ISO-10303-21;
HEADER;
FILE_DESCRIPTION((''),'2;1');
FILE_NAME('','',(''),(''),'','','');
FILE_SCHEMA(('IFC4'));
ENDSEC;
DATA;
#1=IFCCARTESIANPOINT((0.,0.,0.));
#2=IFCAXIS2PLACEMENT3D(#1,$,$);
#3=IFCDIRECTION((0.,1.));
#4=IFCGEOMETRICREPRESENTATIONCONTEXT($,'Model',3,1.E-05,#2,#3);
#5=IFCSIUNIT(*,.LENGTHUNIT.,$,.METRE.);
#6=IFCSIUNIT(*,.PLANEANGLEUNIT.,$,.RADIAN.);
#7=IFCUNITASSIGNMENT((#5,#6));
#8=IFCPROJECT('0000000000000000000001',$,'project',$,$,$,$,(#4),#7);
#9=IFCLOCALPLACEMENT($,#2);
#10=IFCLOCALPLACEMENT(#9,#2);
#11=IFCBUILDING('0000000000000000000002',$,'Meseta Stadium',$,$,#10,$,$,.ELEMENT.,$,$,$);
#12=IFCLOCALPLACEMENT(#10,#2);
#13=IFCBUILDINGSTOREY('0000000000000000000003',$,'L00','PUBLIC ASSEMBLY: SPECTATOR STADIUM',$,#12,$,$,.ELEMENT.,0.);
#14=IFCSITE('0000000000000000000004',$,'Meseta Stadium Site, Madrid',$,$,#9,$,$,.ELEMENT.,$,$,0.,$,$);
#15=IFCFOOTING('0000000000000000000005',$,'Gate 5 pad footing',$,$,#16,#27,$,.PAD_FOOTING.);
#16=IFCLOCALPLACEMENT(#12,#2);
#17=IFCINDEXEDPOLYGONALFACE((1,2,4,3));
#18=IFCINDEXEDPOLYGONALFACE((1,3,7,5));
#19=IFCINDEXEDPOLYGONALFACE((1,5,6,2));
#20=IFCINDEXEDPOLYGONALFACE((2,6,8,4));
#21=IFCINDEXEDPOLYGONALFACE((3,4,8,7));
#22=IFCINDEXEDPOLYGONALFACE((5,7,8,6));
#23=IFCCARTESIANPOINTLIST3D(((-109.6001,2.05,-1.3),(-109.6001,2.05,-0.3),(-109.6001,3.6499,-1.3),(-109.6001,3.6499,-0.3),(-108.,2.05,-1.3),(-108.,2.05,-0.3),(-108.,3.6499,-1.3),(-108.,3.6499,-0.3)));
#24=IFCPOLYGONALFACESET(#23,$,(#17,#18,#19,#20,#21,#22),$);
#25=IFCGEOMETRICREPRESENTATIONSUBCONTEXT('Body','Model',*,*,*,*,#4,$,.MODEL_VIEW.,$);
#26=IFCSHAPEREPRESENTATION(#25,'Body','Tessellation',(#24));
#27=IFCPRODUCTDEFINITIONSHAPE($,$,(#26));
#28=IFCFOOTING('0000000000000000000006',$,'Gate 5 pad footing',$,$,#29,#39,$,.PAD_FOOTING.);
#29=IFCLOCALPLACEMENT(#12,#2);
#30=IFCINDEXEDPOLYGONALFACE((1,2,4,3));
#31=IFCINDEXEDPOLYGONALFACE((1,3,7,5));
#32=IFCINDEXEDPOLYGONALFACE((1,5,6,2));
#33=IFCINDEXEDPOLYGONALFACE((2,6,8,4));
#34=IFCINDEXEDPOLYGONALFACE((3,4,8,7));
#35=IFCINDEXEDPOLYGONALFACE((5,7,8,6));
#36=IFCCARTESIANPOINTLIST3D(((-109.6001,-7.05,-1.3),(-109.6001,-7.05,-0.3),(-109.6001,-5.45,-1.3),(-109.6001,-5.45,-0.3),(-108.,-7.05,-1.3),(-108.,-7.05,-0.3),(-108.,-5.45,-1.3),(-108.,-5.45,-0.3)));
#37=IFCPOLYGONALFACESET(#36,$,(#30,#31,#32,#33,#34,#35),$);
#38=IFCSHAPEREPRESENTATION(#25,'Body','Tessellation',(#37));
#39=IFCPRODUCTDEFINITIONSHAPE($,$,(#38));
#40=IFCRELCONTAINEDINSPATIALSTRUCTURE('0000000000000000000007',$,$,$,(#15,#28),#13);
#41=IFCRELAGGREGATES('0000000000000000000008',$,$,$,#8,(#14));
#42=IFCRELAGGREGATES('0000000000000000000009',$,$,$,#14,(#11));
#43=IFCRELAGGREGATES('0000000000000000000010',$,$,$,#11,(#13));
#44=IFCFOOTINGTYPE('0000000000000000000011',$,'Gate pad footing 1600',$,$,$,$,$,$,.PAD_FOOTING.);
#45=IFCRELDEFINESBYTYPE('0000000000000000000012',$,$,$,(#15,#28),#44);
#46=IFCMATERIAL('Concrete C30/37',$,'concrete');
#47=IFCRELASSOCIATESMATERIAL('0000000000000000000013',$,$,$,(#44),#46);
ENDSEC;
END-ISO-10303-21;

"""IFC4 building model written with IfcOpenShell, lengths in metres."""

from ifc_helpers import new_model, si_unit, direction, frame, origin, place, context, subcontext, project, spatial, polyline, outline, extrude, material, type_object, element, save


model = new_model("IFC4")

# Units and contexts
model_context = context("Model", 3, precision=1e-05, world=origin(), true_north=direction((0.0, 1.0)))
body_context = subcontext(model_context, "Body", "Model", "MODEL_VIEW")
ifc_project = project(units=[si_unit("LENGTHUNIT", "METRE"), si_unit("PLANEANGLEUNIT", "RADIAN")], contexts=[model_context])

# Site, building, storey
site_placement = place(None, origin())
site = spatial("IfcSite", under=ifc_project, at=site_placement, Name="Meseta Stadium Site, Madrid", CompositionType="ELEMENT", RefElevation=0.0)
building_placement = place(site_placement, origin())
building = spatial("IfcBuilding", under=site, at=building_placement, Name="Meseta Stadium", CompositionType="ELEMENT")
storey_placement = place(building_placement, origin())
storey = spatial("IfcBuildingStorey", under=building, at=storey_placement, Name="L00", Description="PUBLIC ASSEMBLY: SPECTATOR STADIUM", CompositionType="ELEMENT", Elevation=0.0)

# Footings
ifc_material = material(Name="Concrete C30/37", Category="concrete")
footing_type = type_object("IfcFootingType", Name="Gate pad footing 1600", PredefinedType="PAD_FOOTING", material=ifc_material)
footing_1_placement = place(storey_placement, frame((0.0, 0.0, -1.3)))
element("IfcFooting", 1, at=footing_1_placement, inside=storey, type_object=footing_type, Name="Gate 5 pad footing", PredefinedType="PAD_FOOTING", context=body_context, shape_type="SweptSolid", body=[
    extrude(outline(polyline([(-108.0, 2.05), (-108.0, 3.6499), (-109.6001, 3.6499), (-109.6001, 2.05), (-108.0, 2.05)])), origin(), (0.0, 0.0, 1.0), 1.0),
])
footing_2_placement = place(storey_placement, frame((0.0, 0.0, -1.3)))
element("IfcFooting", 2, at=footing_2_placement, inside=storey, type_object=footing_type, Name="Gate 5 pad footing", PredefinedType="PAD_FOOTING", context=body_context, shape_type="SweptSolid", body=[
    extrude(outline(polyline([(-108.0, -7.05), (-108.0, -5.45), (-109.6001, -5.45), (-109.6001, -7.05), (-108.0, -7.05)])), origin(), (0.0, 0.0, 1.0), 1.0),
])

save(model, "model.ifc")
